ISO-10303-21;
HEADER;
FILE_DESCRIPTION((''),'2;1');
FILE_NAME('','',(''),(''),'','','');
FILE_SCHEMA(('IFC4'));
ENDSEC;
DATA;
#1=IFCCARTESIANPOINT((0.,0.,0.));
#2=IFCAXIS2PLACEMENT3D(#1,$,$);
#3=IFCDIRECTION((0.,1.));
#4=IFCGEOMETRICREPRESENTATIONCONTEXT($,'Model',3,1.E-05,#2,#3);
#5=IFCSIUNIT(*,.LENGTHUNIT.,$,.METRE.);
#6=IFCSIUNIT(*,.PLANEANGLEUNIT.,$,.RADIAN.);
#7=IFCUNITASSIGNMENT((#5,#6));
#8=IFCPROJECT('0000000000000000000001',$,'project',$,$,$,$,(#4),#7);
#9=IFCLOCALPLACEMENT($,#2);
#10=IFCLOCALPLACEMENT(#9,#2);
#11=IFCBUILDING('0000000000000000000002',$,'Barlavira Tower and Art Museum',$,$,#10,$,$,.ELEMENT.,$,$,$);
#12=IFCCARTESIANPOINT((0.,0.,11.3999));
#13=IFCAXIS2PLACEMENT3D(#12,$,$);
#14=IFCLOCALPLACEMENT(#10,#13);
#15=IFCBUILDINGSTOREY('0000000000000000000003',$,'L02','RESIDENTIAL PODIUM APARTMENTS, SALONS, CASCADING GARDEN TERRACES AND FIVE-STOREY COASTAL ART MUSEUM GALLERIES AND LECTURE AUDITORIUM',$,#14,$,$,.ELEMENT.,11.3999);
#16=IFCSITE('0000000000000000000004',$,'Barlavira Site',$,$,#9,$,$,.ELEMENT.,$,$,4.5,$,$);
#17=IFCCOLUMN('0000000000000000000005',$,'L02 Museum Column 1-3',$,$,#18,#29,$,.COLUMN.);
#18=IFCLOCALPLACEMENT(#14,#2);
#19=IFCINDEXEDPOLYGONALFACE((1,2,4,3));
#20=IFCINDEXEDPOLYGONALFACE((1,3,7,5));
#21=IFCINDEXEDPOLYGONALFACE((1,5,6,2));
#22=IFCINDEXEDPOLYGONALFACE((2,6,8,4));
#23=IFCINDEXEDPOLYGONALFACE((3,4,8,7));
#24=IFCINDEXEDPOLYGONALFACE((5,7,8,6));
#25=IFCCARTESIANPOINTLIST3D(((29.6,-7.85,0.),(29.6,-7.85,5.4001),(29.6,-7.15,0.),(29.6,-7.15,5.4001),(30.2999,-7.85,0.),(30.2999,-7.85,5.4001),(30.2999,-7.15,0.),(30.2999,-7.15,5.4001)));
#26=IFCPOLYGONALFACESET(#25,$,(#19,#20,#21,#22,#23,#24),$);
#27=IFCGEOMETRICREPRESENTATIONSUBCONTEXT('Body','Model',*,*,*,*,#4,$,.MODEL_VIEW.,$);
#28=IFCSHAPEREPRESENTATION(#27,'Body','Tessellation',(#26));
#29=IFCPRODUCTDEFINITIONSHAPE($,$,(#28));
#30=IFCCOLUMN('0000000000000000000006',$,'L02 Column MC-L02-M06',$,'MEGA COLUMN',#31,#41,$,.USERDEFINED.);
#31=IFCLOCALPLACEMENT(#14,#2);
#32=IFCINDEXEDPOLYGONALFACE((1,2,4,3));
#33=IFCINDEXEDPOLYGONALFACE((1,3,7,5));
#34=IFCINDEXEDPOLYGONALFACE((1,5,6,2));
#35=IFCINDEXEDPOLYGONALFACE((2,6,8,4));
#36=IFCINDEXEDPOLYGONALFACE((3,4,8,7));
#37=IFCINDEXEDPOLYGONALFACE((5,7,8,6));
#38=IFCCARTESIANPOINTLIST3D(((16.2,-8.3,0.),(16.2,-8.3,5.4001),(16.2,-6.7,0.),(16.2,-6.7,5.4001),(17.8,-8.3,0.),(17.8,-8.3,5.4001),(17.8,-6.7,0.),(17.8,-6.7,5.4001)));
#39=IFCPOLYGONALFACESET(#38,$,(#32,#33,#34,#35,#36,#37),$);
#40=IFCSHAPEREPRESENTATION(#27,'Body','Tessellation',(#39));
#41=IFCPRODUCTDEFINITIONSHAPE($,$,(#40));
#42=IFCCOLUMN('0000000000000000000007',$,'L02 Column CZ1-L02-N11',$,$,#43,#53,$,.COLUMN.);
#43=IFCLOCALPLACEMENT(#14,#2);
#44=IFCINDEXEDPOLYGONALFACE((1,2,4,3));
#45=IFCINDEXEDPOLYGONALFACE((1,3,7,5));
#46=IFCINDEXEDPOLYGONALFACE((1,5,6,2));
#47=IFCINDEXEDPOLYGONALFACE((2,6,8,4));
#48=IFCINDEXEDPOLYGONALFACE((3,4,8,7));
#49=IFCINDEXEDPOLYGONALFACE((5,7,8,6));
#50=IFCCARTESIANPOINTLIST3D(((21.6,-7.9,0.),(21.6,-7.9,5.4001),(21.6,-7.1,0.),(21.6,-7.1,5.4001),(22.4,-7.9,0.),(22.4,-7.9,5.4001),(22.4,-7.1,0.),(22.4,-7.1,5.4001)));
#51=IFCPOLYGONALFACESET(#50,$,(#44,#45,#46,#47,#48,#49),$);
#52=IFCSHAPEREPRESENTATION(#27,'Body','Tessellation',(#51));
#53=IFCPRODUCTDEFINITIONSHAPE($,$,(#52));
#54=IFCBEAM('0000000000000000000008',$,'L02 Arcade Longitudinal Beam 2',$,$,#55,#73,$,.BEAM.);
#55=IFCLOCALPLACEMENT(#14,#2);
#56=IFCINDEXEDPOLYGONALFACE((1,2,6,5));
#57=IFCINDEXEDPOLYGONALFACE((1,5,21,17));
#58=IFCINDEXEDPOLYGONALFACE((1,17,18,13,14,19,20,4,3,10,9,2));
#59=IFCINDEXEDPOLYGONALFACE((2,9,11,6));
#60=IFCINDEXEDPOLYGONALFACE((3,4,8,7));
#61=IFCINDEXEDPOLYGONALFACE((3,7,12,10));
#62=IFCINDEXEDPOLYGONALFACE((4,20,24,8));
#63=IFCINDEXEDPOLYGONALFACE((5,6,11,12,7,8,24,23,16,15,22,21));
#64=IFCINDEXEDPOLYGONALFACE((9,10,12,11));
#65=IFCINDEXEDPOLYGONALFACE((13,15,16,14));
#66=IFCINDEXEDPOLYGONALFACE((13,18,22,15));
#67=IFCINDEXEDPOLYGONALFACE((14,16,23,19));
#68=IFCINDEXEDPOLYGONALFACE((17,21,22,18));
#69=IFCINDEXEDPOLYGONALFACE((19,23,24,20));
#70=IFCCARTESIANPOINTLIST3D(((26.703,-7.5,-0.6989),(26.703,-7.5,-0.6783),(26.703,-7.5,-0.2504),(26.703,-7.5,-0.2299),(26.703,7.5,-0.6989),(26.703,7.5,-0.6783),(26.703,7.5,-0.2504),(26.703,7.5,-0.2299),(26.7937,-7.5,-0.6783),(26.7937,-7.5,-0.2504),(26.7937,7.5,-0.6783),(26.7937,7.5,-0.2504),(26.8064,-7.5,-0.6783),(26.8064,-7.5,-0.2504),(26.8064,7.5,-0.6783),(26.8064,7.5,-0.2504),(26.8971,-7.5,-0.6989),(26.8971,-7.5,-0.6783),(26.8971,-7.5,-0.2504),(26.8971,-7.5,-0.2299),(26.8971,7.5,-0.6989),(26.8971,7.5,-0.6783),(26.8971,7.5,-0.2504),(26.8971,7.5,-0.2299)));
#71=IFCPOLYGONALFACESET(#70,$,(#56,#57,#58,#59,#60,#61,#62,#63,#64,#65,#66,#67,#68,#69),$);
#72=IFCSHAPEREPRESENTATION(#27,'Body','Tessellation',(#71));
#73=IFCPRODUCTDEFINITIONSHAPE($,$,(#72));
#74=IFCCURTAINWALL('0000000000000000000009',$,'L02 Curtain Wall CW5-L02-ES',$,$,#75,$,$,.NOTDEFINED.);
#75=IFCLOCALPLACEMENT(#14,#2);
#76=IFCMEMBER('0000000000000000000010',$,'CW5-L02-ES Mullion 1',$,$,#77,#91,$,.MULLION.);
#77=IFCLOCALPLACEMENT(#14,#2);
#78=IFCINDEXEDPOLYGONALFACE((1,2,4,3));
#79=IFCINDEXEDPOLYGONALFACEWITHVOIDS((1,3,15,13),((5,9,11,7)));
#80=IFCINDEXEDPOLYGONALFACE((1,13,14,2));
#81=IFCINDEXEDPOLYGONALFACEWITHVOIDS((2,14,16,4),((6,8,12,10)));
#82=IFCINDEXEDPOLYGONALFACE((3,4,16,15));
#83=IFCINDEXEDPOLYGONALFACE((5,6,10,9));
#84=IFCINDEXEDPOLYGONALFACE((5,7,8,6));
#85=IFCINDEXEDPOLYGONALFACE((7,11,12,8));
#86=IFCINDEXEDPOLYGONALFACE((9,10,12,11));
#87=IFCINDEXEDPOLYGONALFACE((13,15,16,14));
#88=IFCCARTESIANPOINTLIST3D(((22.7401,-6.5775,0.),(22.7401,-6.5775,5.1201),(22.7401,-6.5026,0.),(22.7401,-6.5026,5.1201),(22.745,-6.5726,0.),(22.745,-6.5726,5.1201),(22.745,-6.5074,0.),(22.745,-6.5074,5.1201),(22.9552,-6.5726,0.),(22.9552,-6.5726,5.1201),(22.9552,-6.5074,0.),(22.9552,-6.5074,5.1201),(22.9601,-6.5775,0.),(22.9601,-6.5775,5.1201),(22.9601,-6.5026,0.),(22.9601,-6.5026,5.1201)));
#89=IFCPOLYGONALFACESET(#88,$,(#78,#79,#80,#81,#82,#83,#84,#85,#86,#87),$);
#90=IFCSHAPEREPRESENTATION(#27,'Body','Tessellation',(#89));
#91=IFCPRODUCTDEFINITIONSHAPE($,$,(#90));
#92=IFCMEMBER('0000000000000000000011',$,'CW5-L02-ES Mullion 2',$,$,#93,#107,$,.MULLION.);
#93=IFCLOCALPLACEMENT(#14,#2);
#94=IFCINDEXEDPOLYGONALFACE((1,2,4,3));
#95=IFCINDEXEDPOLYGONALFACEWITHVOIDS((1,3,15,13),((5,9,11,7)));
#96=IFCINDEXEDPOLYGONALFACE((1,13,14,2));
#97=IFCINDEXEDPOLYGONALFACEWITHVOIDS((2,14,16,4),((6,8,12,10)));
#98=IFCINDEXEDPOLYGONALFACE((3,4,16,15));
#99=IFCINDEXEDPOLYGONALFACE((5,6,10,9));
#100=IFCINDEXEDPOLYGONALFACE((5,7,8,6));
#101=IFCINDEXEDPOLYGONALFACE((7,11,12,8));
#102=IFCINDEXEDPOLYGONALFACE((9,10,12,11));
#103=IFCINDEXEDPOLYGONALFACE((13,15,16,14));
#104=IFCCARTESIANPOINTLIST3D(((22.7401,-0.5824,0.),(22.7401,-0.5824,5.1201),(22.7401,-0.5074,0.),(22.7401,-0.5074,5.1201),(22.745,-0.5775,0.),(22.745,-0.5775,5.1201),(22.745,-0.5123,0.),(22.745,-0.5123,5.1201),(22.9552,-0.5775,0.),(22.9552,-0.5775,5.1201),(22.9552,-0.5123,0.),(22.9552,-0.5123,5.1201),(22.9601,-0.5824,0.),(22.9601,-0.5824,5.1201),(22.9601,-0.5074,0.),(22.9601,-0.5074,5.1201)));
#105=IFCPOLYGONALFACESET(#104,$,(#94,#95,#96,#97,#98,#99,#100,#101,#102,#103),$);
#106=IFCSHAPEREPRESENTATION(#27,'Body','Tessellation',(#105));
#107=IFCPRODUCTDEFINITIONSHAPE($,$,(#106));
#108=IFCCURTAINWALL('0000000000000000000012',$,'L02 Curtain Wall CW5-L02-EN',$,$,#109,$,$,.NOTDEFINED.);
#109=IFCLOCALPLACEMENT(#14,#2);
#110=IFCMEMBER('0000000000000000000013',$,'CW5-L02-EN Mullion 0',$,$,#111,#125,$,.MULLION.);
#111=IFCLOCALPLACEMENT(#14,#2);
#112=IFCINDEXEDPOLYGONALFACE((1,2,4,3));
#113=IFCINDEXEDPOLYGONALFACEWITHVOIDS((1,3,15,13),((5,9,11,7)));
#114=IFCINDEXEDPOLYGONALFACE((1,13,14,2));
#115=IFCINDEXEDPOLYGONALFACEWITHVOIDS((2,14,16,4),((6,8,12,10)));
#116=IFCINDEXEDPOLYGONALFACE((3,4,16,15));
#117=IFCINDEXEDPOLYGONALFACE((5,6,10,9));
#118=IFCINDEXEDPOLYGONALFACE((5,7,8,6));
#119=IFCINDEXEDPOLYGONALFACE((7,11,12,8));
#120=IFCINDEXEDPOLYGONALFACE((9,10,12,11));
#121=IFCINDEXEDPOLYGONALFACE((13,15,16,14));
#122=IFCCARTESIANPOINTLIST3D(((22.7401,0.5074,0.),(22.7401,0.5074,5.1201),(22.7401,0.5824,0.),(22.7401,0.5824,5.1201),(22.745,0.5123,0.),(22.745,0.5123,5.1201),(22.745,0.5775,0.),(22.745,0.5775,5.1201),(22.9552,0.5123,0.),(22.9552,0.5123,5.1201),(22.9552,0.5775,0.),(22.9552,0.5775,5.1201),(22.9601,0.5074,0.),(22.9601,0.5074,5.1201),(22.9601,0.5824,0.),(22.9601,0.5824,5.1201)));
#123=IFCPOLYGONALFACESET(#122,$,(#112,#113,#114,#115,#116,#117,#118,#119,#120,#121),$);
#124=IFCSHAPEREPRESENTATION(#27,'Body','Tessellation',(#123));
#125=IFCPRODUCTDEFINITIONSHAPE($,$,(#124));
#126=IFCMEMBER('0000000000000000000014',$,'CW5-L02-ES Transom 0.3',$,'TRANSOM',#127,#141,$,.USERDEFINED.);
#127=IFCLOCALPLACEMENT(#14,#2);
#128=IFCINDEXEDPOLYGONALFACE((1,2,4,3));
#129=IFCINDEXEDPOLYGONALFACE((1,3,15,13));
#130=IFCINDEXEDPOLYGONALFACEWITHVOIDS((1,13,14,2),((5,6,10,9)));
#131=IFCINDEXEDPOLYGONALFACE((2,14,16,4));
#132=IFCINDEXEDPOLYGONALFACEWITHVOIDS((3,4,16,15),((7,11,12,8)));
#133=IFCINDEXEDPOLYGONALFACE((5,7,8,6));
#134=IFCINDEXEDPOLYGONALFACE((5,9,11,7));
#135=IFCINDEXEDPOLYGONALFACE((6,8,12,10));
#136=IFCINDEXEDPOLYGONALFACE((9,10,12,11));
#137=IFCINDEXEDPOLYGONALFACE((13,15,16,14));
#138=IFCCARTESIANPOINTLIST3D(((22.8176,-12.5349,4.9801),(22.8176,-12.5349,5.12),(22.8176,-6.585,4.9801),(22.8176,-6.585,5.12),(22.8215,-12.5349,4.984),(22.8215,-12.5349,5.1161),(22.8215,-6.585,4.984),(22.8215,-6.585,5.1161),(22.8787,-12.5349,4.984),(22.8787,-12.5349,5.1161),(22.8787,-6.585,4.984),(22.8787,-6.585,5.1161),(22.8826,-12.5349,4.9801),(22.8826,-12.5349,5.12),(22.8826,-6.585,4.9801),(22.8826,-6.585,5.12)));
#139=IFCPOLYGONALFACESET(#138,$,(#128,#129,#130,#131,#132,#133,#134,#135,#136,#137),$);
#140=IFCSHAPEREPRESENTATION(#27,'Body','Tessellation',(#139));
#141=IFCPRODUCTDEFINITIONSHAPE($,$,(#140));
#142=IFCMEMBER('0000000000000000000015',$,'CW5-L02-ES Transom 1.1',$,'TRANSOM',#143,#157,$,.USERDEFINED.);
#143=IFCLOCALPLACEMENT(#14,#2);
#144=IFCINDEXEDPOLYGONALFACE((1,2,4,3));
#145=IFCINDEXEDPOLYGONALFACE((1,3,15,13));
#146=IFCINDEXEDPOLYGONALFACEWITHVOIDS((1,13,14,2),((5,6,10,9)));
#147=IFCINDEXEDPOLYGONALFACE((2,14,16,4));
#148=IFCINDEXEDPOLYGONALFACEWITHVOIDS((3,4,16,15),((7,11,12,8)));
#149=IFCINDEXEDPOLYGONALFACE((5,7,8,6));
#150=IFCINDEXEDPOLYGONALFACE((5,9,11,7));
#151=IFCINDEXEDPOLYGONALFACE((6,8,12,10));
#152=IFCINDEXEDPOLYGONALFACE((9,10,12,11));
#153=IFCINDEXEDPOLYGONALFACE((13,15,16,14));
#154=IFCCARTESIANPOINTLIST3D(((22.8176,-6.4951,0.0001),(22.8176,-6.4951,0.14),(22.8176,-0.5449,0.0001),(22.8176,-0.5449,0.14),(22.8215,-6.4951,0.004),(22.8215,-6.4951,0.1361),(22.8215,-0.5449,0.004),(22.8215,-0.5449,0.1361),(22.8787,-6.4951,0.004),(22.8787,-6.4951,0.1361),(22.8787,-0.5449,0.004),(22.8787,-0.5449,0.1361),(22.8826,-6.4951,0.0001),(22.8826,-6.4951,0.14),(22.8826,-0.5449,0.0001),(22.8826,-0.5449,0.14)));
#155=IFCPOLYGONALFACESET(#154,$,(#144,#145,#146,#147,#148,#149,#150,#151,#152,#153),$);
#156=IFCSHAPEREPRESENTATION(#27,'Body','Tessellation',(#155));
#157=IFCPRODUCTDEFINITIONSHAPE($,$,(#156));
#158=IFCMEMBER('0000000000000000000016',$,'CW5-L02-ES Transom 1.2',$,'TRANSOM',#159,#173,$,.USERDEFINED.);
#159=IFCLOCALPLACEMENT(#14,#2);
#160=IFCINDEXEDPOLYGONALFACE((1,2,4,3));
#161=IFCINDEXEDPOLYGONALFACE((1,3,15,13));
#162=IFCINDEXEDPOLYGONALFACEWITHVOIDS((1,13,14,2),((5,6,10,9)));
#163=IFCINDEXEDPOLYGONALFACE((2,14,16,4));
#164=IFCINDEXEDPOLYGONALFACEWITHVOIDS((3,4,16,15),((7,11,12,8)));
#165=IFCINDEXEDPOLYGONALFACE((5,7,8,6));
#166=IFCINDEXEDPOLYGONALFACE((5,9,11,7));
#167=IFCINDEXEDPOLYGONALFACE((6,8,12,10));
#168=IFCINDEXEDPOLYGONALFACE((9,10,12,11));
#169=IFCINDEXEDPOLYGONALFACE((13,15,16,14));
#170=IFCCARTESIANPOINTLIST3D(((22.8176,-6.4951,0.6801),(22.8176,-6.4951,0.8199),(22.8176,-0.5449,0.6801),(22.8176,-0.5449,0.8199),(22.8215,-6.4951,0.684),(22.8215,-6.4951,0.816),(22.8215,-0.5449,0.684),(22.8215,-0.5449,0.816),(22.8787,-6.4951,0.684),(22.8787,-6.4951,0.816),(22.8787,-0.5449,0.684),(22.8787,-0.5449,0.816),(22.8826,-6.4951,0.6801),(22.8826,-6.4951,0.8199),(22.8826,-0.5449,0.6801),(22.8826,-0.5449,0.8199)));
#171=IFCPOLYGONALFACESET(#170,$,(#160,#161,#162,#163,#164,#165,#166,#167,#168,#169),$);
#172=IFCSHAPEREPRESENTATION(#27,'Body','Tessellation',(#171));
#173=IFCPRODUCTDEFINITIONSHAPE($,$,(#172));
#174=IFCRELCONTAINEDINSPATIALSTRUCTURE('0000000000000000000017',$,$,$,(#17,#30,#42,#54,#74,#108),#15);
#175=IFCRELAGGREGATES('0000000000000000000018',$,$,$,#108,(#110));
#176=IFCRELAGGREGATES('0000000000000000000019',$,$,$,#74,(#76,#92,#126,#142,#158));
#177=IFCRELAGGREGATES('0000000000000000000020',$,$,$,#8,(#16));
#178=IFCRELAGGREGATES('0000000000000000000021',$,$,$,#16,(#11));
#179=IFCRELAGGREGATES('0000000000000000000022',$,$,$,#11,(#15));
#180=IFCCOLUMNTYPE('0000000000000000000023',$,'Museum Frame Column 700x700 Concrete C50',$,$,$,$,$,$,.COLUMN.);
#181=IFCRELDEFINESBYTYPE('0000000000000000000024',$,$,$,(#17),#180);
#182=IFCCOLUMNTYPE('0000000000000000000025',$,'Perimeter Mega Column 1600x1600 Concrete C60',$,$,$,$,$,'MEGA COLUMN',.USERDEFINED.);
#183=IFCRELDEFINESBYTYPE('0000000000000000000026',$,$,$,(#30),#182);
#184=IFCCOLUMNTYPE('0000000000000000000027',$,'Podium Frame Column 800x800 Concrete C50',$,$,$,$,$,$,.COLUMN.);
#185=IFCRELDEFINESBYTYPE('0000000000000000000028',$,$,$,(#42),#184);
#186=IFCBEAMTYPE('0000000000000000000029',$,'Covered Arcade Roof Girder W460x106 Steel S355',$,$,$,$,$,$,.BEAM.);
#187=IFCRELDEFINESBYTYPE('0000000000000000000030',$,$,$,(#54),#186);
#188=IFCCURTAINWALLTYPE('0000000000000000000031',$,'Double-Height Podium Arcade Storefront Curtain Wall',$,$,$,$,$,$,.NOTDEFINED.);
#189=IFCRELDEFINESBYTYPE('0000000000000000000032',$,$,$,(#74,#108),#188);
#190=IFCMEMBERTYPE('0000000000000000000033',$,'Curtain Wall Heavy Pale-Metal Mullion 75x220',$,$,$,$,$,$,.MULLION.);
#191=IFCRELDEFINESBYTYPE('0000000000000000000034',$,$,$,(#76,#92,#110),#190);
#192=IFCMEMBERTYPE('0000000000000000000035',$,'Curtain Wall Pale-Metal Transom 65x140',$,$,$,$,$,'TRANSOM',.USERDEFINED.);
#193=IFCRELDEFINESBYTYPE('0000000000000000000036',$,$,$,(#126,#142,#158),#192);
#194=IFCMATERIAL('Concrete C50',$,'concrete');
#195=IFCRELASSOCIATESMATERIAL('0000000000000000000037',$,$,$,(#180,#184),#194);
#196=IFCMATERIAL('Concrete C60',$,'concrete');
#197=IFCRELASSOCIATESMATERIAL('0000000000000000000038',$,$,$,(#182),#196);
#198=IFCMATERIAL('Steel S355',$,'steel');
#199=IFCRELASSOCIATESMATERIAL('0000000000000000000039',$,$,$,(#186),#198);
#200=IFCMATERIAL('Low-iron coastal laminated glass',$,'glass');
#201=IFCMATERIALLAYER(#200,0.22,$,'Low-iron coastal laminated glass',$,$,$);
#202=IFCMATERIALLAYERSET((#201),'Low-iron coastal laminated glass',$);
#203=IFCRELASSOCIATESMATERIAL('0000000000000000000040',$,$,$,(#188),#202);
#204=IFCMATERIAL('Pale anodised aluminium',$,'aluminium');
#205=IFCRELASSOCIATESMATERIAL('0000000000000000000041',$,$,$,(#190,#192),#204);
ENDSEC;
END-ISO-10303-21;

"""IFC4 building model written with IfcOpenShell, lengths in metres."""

from ifc_helpers import new_model, si_unit, direction, frame, origin, origin_2d, place, context, subcontext, project, spatial, rectangle, hollow_rectangle, i_section, extrude, material, layer, layer_set, material_profile, profile_set, type_object, element, aggregate, save


model = new_model("IFC4")

# Units and contexts
model_context = context("Model", 3, precision=1e-05, world=origin(), true_north=direction((0.0, 1.0)))
body_context = subcontext(model_context, "Body", "Model", "MODEL_VIEW")
ifc_project = project(units=[si_unit("LENGTHUNIT", "METRE"), si_unit("PLANEANGLEUNIT", "RADIAN")], contexts=[model_context])

# Site, building, storey
site_placement = place(None, origin())
site = spatial("IfcSite", under=ifc_project, at=site_placement, Name="Barlavira Site", CompositionType="ELEMENT", RefElevation=4.5)
building_placement = place(site_placement, origin())
building = spatial("IfcBuilding", under=site, at=building_placement, Name="Barlavira Tower and Art Museum", CompositionType="ELEMENT")
storey_placement = place(building_placement, frame((0.0, 0.0, 11.3999)))
storey = spatial("IfcBuildingStorey", under=building, at=storey_placement, Name="L02", Description="RESIDENTIAL PODIUM APARTMENTS, SALONS, CASCADING GARDEN TERRACES AND FIVE-STOREY COASTAL ART MUSEUM GALLERIES AND LECTURE AUDITORIUM", CompositionType="ELEMENT", Elevation=11.3999)

# Columns
ifc_material_1 = material(Name="Concrete C50", Category="concrete")
ifc_material_profile_1 = material_profile(ifc_material_1, rectangle(XDim=0.7, YDim=0.7, at=origin_2d()), Name="RC-COL 700x700")
ifc_profile_set_1 = profile_set([ifc_material_profile_1], Name="Concrete C50")
column_type_1 = type_object("IfcColumnType", Name="Museum Frame Column 700x700 Concrete C50", PredefinedType="COLUMN", material=ifc_profile_set_1)
column_1_placement = place(storey_placement, frame((29.95, -7.5, 0.0), z_axis=(0.0, 0.0, 1.0), x_axis=(1.0, 0.0, 0.0)))
element("IfcColumn", 1, at=column_1_placement, inside=storey, type_object=column_type_1, Name="L02 Museum Column 1-3", PredefinedType="COLUMN", context=body_context, shape_type="SweptSolid", body=[
    extrude(rectangle(XDim=0.7, YDim=0.7, at=origin_2d()), origin(), (0.0, 0.0, 1.0), 5.4001),
])
ifc_material_2 = material(Name="Concrete C60", Category="concrete")
ifc_material_profile_2 = material_profile(ifc_material_2, rectangle(XDim=1.6001, YDim=1.6001, at=origin_2d()), Name="RC-MCOL 1600x1600")
ifc_profile_set_2 = profile_set([ifc_material_profile_2], Name="Concrete C60")
column_type_2 = type_object("IfcColumnType", Name="Perimeter Mega Column 1600x1600 Concrete C60", ElementType="MEGA COLUMN", PredefinedType="USERDEFINED", material=ifc_profile_set_2)
column_2_placement = place(storey_placement, frame((17.0, -7.5, 0.0), z_axis=(0.0, 0.0, 1.0), x_axis=(1.0, 0.0, 0.0)))
element("IfcColumn", 2, at=column_2_placement, inside=storey, type_object=column_type_2, Name="L02 Column MC-L02-M06", ObjectType="MEGA COLUMN", PredefinedType="USERDEFINED", context=body_context, shape_type="SweptSolid", body=[
    extrude(rectangle(XDim=1.6001, YDim=1.6001, at=origin_2d()), origin(), (0.0, 0.0, 1.0), 5.4001),
])
ifc_material_profile_3 = material_profile(ifc_material_1, rectangle(XDim=0.8, YDim=0.8, at=origin_2d()), Name="RC-COL 800x800")
ifc_profile_set_3 = profile_set([ifc_material_profile_3], Name="Concrete C50")
column_type_3 = type_object("IfcColumnType", Name="Podium Frame Column 800x800 Concrete C50", PredefinedType="COLUMN", material=ifc_profile_set_3)
column_3_placement = place(storey_placement, frame((22.0, -7.5, 0.0), z_axis=(0.0, 0.0, 1.0), x_axis=(1.0, 0.0, 0.0)))
element("IfcColumn", 3, at=column_3_placement, inside=storey, type_object=column_type_3, Name="L02 Column CZ1-L02-N11", PredefinedType="COLUMN", context=body_context, shape_type="SweptSolid", body=[
    extrude(rectangle(XDim=0.8, YDim=0.8, at=origin_2d()), origin(), (0.0, 0.0, 1.0), 5.4001),
])

# Beam
ifc_material_3 = material(Name="Steel S355", Category="steel")
ifc_material_profile_4 = material_profile(ifc_material_3, i_section(OverallWidth=0.1941, OverallDepth=0.469, WebThickness=0.0127, FlangeThickness=0.0205, at=origin_2d()), Name="W460x106.0")
ifc_profile_set_4 = profile_set([ifc_material_profile_4], Name="Steel S355")
beam_type_1 = type_object("IfcBeamType", Name="Covered Arcade Roof Girder W460x106 Steel S355", PredefinedType="BEAM", material=ifc_profile_set_4)
beam_1_placement = place(storey_placement, frame((26.8, -7.5, -0.4644), z_axis=(0.0, 1.0, 0.0), x_axis=(-1.0, 0.0, 0.0)))
element("IfcBeam", 4, at=beam_1_placement, inside=storey, type_object=beam_type_1, Name="L02 Arcade Longitudinal Beam 2", PredefinedType="BEAM", context=body_context, shape_type="SweptSolid", body=[
    extrude(i_section(OverallWidth=0.1941, OverallDepth=0.469, WebThickness=0.0127, FlangeThickness=0.0205, at=origin_2d()), origin(), (0.0, 0.0, 1.0), 15.0),
])

# Curtain wall, members
ifc_material_4 = material(Name="Low-iron coastal laminated glass", Category="glass")
ifc_layer_1 = layer(ifc_material_4, 0.22, Name="Low-iron coastal laminated glass")
ifc_layer_set_1 = layer_set([ifc_layer_1], Name="Low-iron coastal laminated glass")
curtain_wall_type = type_object("IfcCurtainWallType", Name="Double-Height Podium Arcade Storefront Curtain Wall", PredefinedType="NOTDEFINED", material=ifc_layer_set_1)
curtain_wall_1_placement = place(storey_placement, origin())
curtain_wall_1 = element("IfcCurtainWall", 5, at=curtain_wall_1_placement, inside=storey, type_object=curtain_wall_type, Name="L02 Curtain Wall CW5-L02-ES", PredefinedType="NOTDEFINED")
ifc_material_5 = material(Name="Pale anodised aluminium", Category="aluminium")
ifc_material_profile_5 = material_profile(ifc_material_5, hollow_rectangle(XDim=0.075, YDim=0.22, WallThickness=0.0049, at=origin_2d()), Name="ALU-MULL 75x220x5")
ifc_profile_set_5 = profile_set([ifc_material_profile_5], Name="Pale anodised aluminium")
member_type_1 = type_object("IfcMemberType", Name="Curtain Wall Heavy Pale-Metal Mullion 75x220", PredefinedType="MULLION", material=ifc_profile_set_5)
member_1_placement = place(storey_placement, frame((22.8501, -6.54, 0.0), z_axis=(0.0, 0.0, 1.0), x_axis=(0.0, 1.0, 0.0)))
member_1 = element("IfcMember", 6, at=member_1_placement, type_object=member_type_1, Name="CW5-L02-ES Mullion 1", PredefinedType="MULLION", context=body_context, shape_type="SweptSolid", body=[
    extrude(hollow_rectangle(XDim=0.075, YDim=0.22, WallThickness=0.0049, at=origin_2d()), origin(), (0.0, 0.0, 1.0), 5.1201),
])
member_2_placement = place(storey_placement, frame((22.8501, -0.5449, 0.0), z_axis=(0.0, 0.0, 1.0), x_axis=(0.0, 1.0, 0.0)))
member_2 = element("IfcMember", 7, at=member_2_placement, type_object=member_type_1, Name="CW5-L02-ES Mullion 2", PredefinedType="MULLION", context=body_context, shape_type="SweptSolid", body=[
    extrude(hollow_rectangle(XDim=0.075, YDim=0.22, WallThickness=0.0049, at=origin_2d()), origin(), (0.0, 0.0, 1.0), 5.1201),
])

# Curtain wall, member
curtain_wall_2_placement = place(storey_placement, origin())
curtain_wall_2 = element("IfcCurtainWall", 8, at=curtain_wall_2_placement, inside=storey, type_object=curtain_wall_type, Name="L02 Curtain Wall CW5-L02-EN", PredefinedType="NOTDEFINED")
member_3_placement = place(storey_placement, frame((22.8501, 0.5449, 0.0), z_axis=(0.0, 0.0, 1.0), x_axis=(0.0, 1.0, 0.0)))
member_3 = element("IfcMember", 9, at=member_3_placement, type_object=member_type_1, Name="CW5-L02-EN Mullion 0", PredefinedType="MULLION", context=body_context, shape_type="SweptSolid", body=[
    extrude(hollow_rectangle(XDim=0.075, YDim=0.22, WallThickness=0.0049, at=origin_2d()), origin(), (0.0, 0.0, 1.0), 5.1201),
])

# Members
ifc_material_profile_6 = material_profile(ifc_material_5, hollow_rectangle(XDim=0.0649, YDim=0.1399, WallThickness=0.0039, at=origin_2d()), Name="ALU-TRAN 65x140x4")
ifc_profile_set_6 = profile_set([ifc_material_profile_6], Name="Pale anodised aluminium")
member_type_2 = type_object("IfcMemberType", Name="Curtain Wall Pale-Metal Transom 65x140", ElementType="TRANSOM", PredefinedType="USERDEFINED", material=ifc_profile_set_6)
member_4_placement = place(storey_placement, frame((22.8501, -12.5349, 5.05), z_axis=(0.0, 1.0, 0.0), x_axis=(-1.0, 0.0, 0.0)))
member_4 = element("IfcMember", 10, at=member_4_placement, type_object=member_type_2, Name="CW5-L02-ES Transom 0.3", ObjectType="TRANSOM", PredefinedType="USERDEFINED", context=body_context, shape_type="SweptSolid", body=[
    extrude(hollow_rectangle(XDim=0.0649, YDim=0.1399, WallThickness=0.0039, at=origin_2d()), origin(), (0.0, 0.0, 1.0), 5.95),
])
member_5_placement = place(storey_placement, frame((22.8501, -6.4951, 0.0701), z_axis=(0.0, 1.0, 0.0), x_axis=(-1.0, 0.0, 0.0)))
member_5 = element("IfcMember", 11, at=member_5_placement, type_object=member_type_2, Name="CW5-L02-ES Transom 1.1", ObjectType="TRANSOM", PredefinedType="USERDEFINED", context=body_context, shape_type="SweptSolid", body=[
    extrude(hollow_rectangle(XDim=0.0649, YDim=0.1399, WallThickness=0.0039, at=origin_2d()), origin(), (0.0, 0.0, 1.0), 5.9502),
])
member_6_placement = place(storey_placement, frame((22.8501, -6.4951, 0.75), z_axis=(0.0, 1.0, 0.0), x_axis=(-1.0, 0.0, 0.0)))
member_6 = element("IfcMember", 12, at=member_6_placement, type_object=member_type_2, Name="CW5-L02-ES Transom 1.2", ObjectType="TRANSOM", PredefinedType="USERDEFINED", context=body_context, shape_type="SweptSolid", body=[
    extrude(hollow_rectangle(XDim=0.0649, YDim=0.1399, WallThickness=0.0039, at=origin_2d()), origin(), (0.0, 0.0, 1.0), 5.9502),
])
aggregate(curtain_wall_2, [member_3])

aggregate(curtain_wall_1, [member_1, member_2, member_4, member_5, member_6])

save(model, "model.ifc")
